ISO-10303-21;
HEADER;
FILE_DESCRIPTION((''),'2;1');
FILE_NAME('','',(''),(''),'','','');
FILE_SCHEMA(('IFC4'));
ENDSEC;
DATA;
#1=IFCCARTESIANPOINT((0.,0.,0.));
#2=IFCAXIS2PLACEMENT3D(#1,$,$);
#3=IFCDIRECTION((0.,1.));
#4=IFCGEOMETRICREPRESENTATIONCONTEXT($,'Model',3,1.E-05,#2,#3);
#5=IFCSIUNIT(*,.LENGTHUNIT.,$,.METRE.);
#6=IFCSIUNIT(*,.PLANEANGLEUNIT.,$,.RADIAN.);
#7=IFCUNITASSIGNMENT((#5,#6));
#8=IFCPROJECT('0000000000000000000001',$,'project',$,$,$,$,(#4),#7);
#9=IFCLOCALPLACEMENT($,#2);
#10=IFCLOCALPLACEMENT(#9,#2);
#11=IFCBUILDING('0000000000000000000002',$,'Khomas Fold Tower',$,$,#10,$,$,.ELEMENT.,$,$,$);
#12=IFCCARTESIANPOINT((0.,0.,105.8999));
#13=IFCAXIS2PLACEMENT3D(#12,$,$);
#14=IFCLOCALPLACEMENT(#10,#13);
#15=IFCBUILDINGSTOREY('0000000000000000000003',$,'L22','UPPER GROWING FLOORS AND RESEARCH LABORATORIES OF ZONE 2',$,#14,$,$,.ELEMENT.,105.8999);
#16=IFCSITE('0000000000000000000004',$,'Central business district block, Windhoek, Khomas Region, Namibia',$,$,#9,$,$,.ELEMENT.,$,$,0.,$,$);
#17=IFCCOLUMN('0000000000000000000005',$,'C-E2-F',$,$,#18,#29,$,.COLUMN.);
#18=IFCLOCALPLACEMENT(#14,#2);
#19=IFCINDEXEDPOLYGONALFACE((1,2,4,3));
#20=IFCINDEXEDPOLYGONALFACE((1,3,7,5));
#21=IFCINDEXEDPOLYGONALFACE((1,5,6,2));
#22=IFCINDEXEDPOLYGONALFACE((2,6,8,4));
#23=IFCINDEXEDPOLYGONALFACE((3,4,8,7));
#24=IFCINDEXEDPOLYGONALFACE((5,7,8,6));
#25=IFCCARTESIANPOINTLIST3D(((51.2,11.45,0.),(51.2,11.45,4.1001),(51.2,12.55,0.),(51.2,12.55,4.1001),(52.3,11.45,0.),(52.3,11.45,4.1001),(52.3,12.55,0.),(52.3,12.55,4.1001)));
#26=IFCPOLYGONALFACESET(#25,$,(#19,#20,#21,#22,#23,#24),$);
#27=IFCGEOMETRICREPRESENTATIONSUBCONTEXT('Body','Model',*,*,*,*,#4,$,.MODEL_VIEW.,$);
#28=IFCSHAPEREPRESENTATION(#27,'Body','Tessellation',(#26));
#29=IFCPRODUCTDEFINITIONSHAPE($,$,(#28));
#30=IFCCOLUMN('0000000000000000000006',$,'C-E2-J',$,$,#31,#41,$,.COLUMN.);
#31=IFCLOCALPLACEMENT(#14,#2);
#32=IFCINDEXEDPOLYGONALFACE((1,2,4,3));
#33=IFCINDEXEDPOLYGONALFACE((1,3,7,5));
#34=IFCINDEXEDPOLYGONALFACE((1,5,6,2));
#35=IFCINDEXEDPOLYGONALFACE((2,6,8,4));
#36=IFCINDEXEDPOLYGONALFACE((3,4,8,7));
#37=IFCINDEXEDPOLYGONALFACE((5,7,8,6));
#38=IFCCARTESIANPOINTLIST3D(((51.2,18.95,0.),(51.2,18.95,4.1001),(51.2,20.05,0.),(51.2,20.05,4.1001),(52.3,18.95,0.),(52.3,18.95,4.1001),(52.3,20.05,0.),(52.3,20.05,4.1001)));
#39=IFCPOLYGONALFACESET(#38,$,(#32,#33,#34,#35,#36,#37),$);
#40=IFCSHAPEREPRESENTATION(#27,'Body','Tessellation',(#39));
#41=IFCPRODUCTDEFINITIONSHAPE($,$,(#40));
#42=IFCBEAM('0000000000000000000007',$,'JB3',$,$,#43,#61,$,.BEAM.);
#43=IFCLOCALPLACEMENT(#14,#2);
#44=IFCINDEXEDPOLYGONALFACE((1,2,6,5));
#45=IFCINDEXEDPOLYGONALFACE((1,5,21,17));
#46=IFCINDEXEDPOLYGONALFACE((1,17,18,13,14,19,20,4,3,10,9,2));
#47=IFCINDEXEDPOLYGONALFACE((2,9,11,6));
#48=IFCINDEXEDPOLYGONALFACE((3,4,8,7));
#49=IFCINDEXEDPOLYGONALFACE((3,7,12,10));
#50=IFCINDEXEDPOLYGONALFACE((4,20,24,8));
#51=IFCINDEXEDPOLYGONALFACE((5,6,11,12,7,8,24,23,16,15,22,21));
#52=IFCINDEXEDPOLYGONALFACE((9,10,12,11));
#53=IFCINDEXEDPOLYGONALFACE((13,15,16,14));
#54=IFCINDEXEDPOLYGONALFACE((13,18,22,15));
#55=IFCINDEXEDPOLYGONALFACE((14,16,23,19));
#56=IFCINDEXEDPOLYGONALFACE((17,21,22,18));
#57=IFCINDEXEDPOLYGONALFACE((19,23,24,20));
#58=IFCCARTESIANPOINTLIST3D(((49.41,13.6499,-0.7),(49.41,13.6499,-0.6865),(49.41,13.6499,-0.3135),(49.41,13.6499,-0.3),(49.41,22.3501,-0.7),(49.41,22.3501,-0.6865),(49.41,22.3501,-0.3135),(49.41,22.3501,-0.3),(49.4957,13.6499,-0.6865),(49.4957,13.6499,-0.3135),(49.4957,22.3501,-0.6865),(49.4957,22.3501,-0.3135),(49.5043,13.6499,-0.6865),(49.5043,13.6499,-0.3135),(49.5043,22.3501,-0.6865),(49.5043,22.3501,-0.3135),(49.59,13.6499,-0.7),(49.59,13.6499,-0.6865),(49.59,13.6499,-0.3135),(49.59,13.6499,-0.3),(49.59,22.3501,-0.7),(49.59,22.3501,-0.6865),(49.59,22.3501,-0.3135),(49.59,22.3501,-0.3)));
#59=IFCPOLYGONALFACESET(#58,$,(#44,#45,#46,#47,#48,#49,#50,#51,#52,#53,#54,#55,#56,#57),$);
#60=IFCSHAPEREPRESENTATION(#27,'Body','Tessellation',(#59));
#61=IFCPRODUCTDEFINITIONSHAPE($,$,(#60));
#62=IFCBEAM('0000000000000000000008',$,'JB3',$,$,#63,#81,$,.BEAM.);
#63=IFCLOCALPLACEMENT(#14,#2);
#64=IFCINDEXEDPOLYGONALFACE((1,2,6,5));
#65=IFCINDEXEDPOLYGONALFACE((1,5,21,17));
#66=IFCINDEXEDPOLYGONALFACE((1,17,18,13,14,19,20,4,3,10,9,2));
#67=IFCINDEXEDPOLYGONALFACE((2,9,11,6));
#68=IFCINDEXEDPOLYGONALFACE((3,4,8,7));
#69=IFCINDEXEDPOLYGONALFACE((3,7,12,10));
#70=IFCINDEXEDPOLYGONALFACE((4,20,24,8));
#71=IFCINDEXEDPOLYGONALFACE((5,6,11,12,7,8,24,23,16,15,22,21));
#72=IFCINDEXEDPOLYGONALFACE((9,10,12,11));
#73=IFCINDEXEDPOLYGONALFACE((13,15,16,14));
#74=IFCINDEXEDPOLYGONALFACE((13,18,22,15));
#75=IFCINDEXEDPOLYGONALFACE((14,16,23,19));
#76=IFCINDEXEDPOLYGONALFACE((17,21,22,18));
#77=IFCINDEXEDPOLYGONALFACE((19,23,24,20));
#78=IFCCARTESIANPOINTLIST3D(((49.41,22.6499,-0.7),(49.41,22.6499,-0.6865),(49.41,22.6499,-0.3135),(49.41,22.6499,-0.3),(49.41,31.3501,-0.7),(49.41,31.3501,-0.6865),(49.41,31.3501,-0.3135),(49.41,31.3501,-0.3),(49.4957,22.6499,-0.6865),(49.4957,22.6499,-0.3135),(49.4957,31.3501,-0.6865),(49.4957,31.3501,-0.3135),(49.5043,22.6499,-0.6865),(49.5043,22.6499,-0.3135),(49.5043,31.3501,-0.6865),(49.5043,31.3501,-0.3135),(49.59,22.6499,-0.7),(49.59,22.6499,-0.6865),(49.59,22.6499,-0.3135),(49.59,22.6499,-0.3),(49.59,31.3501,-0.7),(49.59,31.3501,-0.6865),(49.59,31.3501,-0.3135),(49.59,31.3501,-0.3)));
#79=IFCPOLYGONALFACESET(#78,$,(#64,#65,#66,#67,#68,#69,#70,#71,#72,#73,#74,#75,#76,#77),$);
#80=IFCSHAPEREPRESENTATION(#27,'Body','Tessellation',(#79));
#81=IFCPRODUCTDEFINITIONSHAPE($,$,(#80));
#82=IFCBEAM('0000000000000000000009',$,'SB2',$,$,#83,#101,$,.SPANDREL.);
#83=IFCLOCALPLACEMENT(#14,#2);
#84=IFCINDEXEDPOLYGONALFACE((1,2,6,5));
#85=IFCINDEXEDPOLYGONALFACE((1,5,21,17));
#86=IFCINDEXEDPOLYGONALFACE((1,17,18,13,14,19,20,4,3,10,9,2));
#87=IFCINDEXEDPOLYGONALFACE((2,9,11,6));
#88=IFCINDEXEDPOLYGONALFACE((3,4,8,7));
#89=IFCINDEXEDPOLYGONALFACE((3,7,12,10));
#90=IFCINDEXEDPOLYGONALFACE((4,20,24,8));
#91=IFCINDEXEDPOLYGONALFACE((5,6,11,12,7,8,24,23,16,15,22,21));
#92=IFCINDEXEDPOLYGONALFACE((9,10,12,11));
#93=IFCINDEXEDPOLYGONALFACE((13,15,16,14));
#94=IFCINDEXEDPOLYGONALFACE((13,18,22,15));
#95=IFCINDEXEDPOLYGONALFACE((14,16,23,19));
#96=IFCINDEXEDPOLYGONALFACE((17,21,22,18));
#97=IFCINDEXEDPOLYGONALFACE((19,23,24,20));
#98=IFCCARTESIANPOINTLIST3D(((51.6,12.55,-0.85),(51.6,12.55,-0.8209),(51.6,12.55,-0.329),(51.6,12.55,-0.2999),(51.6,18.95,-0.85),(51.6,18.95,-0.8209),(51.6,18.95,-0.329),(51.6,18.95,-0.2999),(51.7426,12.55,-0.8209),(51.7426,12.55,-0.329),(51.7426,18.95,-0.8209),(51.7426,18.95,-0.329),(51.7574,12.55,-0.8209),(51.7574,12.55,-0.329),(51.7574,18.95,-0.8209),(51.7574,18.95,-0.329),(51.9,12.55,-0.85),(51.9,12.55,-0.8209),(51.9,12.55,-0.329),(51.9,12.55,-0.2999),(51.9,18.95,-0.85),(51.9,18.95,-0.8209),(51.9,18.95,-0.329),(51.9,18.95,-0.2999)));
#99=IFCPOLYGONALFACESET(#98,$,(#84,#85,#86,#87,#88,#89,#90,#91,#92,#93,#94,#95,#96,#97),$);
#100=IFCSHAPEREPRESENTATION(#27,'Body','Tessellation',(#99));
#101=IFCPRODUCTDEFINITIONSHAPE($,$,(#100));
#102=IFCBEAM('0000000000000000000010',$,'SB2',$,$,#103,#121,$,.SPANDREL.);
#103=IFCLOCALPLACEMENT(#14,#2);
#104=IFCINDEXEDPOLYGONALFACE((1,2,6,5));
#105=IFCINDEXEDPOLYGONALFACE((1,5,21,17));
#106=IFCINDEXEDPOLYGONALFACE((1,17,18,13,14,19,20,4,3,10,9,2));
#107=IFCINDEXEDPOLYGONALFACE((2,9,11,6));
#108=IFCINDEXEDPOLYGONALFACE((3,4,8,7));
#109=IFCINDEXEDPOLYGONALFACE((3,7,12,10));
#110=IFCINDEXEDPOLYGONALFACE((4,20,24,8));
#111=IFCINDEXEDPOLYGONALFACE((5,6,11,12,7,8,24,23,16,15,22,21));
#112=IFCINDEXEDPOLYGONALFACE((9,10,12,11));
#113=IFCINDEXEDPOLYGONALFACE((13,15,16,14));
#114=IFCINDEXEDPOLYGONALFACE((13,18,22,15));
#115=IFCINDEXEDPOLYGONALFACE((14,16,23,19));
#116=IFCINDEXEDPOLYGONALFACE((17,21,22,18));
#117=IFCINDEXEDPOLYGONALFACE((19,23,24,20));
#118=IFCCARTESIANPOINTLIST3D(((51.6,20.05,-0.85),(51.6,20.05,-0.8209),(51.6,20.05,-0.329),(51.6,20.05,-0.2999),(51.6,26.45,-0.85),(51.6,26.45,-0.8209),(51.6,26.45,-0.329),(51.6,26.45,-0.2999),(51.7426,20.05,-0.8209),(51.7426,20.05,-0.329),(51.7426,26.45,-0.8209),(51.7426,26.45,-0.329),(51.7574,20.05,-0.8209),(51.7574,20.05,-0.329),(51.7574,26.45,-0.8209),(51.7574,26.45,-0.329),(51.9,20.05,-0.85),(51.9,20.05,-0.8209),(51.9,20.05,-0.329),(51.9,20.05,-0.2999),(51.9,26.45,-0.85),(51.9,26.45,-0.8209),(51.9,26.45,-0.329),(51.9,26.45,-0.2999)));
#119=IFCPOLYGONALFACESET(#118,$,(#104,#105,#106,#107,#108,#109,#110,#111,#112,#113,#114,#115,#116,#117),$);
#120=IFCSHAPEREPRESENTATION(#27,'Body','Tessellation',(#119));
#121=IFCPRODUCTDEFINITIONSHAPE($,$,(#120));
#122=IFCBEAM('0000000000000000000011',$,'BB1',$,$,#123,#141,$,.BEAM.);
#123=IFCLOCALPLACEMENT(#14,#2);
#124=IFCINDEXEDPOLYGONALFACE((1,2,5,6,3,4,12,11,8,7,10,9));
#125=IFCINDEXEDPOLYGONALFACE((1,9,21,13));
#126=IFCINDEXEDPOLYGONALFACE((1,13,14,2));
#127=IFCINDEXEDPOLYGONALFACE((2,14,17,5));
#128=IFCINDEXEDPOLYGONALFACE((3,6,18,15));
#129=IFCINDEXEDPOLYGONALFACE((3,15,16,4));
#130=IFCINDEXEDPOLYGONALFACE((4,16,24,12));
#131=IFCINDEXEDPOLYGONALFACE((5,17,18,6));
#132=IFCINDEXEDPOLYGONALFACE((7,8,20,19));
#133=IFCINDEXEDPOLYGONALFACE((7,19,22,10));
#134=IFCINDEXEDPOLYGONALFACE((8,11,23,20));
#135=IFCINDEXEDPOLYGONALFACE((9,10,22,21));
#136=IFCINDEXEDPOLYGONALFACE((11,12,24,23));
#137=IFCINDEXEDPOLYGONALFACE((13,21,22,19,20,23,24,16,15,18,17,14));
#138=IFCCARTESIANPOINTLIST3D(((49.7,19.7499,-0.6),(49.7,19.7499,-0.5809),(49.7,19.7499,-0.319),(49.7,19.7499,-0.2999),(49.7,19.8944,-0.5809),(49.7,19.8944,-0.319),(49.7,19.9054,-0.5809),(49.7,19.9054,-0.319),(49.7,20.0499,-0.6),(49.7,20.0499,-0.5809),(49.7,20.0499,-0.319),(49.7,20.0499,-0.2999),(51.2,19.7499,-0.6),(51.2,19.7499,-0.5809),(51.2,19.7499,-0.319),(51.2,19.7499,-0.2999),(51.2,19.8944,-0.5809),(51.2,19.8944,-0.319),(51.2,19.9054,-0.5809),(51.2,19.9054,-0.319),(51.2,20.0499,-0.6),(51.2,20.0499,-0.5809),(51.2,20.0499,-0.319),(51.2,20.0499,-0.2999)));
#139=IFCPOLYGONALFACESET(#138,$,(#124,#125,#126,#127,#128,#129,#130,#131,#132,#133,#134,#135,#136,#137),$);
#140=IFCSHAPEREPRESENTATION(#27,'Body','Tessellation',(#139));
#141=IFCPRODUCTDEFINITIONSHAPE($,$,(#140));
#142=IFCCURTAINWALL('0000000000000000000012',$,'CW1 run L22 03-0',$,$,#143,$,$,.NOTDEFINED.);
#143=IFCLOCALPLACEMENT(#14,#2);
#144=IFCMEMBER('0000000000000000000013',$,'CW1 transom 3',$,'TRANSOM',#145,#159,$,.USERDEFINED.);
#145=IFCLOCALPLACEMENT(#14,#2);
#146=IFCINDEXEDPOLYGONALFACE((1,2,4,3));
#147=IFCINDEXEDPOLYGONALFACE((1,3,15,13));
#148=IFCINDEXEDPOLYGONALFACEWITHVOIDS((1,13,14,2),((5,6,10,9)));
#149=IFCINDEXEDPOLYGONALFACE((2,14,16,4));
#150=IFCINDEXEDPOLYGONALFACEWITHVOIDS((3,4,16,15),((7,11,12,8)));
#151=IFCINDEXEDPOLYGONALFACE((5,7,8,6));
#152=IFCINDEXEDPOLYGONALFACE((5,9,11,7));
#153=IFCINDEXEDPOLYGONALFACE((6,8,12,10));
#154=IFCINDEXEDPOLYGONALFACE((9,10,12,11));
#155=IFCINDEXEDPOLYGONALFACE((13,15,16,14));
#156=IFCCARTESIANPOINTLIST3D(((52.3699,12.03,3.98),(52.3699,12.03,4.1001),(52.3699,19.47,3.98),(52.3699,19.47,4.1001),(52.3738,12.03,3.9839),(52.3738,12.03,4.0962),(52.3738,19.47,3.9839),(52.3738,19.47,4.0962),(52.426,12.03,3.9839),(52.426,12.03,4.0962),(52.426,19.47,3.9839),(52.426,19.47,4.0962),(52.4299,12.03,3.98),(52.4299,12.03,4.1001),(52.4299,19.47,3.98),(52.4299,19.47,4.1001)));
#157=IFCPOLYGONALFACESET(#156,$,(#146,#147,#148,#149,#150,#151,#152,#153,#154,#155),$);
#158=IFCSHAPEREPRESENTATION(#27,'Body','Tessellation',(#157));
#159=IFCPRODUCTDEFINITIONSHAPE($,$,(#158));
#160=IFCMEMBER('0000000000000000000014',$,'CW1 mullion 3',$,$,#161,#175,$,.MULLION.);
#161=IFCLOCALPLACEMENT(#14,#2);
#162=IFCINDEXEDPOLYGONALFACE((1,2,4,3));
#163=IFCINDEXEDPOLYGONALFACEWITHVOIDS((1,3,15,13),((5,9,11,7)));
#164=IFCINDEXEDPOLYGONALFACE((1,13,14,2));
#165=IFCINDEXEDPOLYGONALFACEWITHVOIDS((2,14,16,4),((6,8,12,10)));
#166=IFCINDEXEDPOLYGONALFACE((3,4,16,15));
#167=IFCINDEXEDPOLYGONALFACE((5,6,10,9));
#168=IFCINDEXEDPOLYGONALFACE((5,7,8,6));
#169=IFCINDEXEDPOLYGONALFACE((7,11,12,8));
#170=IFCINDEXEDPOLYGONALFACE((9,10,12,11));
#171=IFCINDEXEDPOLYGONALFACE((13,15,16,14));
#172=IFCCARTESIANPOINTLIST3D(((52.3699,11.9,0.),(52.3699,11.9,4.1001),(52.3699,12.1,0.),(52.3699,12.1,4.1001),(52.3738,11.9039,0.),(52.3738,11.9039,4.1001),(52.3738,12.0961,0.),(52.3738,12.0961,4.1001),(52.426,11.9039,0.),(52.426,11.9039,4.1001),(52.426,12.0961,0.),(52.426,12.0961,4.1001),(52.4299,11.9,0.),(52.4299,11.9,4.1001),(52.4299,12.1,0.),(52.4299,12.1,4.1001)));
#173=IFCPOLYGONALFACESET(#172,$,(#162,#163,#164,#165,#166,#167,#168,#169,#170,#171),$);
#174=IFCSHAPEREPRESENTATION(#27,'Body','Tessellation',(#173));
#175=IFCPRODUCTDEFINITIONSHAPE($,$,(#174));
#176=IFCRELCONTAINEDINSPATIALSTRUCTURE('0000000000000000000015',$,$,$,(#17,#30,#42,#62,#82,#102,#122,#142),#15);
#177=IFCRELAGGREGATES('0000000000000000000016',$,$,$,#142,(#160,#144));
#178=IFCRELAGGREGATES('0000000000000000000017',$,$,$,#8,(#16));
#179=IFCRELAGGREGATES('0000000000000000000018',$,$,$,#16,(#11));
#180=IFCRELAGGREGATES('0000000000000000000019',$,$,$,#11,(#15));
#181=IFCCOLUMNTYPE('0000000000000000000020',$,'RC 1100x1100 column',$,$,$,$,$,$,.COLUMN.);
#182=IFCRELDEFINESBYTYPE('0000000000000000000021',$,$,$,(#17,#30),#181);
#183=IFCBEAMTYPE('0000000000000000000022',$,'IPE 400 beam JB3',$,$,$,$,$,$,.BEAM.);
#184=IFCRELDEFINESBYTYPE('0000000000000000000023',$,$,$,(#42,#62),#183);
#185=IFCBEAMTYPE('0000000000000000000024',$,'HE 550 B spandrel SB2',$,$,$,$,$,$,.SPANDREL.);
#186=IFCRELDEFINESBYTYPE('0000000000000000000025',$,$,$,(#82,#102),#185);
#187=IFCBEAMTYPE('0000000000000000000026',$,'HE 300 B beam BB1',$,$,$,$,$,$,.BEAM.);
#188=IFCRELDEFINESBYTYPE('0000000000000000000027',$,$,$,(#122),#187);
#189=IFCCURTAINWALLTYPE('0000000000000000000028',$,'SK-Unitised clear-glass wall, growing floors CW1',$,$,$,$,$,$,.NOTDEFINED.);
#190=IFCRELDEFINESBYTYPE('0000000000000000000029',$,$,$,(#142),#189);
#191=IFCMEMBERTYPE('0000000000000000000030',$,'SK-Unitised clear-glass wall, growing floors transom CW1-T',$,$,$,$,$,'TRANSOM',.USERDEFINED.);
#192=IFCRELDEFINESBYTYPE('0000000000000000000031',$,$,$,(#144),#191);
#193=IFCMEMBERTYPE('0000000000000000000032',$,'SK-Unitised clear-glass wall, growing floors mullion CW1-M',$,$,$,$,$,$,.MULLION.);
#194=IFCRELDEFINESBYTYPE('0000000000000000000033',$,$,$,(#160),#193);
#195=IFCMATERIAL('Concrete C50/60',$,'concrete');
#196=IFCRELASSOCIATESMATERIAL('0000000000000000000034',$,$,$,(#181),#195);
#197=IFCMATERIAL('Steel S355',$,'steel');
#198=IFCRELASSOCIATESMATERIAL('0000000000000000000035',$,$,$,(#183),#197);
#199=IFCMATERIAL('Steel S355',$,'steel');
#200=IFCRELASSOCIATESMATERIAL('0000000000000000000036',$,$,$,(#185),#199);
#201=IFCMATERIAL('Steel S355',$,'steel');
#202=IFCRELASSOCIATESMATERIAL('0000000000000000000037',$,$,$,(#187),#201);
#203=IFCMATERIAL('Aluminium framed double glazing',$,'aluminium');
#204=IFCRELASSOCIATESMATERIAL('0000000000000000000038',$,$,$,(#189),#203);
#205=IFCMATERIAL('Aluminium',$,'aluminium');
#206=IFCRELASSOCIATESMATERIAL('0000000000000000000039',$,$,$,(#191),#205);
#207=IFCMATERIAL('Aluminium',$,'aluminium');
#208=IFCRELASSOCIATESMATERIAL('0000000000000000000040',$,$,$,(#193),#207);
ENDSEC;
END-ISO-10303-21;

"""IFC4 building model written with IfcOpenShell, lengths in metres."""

from ifc_helpers import new_model, si_unit, direction, frame, origin, origin_2d, place, context, subcontext, project, spatial, rectangle, hollow_rectangle, i_section, extrude, source, transform, mapped, material, material_profile, profile_set, type_object, element, aggregate, save


model = new_model("IFC4")

# Units and contexts
model_context = context("Model", 3, precision=1e-05, world=origin(), true_north=direction((0.0, 1.0)))
body_context = subcontext(model_context, "Body", "Model", "MODEL_VIEW")
ifc_project = project(units=[si_unit("LENGTHUNIT", "METRE"), si_unit("PLANEANGLEUNIT", "RADIAN")], contexts=[model_context])

# Site, building, storey
site_placement = place(None, origin())
site = spatial("IfcSite", under=ifc_project, at=site_placement, Name="Central business district block, Windhoek, Khomas Region, Namibia", CompositionType="ELEMENT", RefElevation=0.0)
building_placement = place(site_placement, origin())
building = spatial("IfcBuilding", under=site, at=building_placement, Name="Khomas Fold Tower", CompositionType="ELEMENT")
storey_placement = place(building_placement, frame((0.0, 0.0, 105.8999)))
storey = spatial("IfcBuildingStorey", under=building, at=storey_placement, Name="L22", Description="UPPER GROWING FLOORS AND RESEARCH LABORATORIES OF ZONE 2", CompositionType="ELEMENT", Elevation=105.8999)

# Columns
ifc_material_1 = material(Name="Concrete C50/60", Category="concrete")
ifc_material_profile_1 = material_profile(ifc_material_1, rectangle(XDim=1.1001, YDim=1.1001, at=origin_2d()), Name="RC 1100x1100")
ifc_profile_set_1 = profile_set([ifc_material_profile_1], Name="Concrete C50/60")
column_type = type_object("IfcColumnType", Name="RC 1100x1100 column", PredefinedType="COLUMN", material=ifc_profile_set_1)
shared_shape_1 = source(origin(), body_context, "Body", "SweptSolid", [
    extrude(rectangle(XDim=1.1001, YDim=1.1001, at=origin_2d()), origin(), (0.0, 0.0, 1.0), 4.1001),
])
for number, where, z_axis, x_axis, name in (
    (1, (51.75, 12.0, 0.0), (0.0, 0.0, 1.0), (1.0, 0.0, 0.0), "C-E2-F"),
    (2, (51.75, 19.5, 0.0), (0.0, 0.0, 1.0), (1.0, 0.0, 0.0), "C-E2-J"),
):
    element("IfcColumn", number, at=place(storey_placement, frame(where, z_axis=z_axis, x_axis=x_axis)), inside=storey, type_object=column_type, Name=name, PredefinedType="COLUMN", context=body_context, shape_type="MappedRepresentation", body=[
        mapped(shared_shape_1, transform((0.0, 0.0, 0.0))),
    ])

# Beams
ifc_material_2 = material(Name="Steel S355", Category="steel")
ifc_material_profile_2 = material_profile(ifc_material_2, i_section(OverallWidth=0.1799, OverallDepth=0.3999, WebThickness=0.0085, FlangeThickness=0.0134, at=origin_2d()), Name="IPE 400")
ifc_profile_set_2 = profile_set([ifc_material_profile_2], Name="Steel S355")
beam_type_1 = type_object("IfcBeamType", Name="IPE 400 beam JB3", PredefinedType="BEAM", material=ifc_profile_set_2)
shared_shape_2 = source(origin(), body_context, "Body", "SweptSolid", [
    extrude(i_section(OverallWidth=0.1799, OverallDepth=0.3999, WebThickness=0.0085, FlangeThickness=0.0134, at=origin_2d()), origin(), (0.0, 0.0, 1.0), 8.7002),
])
for number, where, z_axis, x_axis, name in (
    (3, (49.5, 13.6499, -0.5), (0.0, 1.0, 0.0), (-1.0, 0.0, 0.0), "JB3"),
    (4, (49.5, 22.6499, -0.5), (0.0, 1.0, 0.0), (-1.0, 0.0, 0.0), "JB3"),
):
    element("IfcBeam", number, at=place(storey_placement, frame(where, z_axis=z_axis, x_axis=x_axis)), inside=storey, type_object=beam_type_1, Name=name, PredefinedType="BEAM", context=body_context, shape_type="MappedRepresentation", body=[
        mapped(shared_shape_2, transform((0.0, 0.0, 0.0))),
    ])
ifc_material_3 = material(Name="Steel S355", Category="steel")
ifc_material_profile_3 = material_profile(ifc_material_3, i_section(OverallWidth=0.3, OverallDepth=0.55, WebThickness=0.0149, FlangeThickness=0.0291, at=origin_2d()), Name="HE 550 B")
ifc_profile_set_3 = profile_set([ifc_material_profile_3], Name="Steel S355")
beam_type_2 = type_object("IfcBeamType", Name="HE 550 B spandrel SB2", PredefinedType="SPANDREL", material=ifc_profile_set_3)
shared_shape_3 = source(origin(), body_context, "Body", "SweptSolid", [
    extrude(i_section(OverallWidth=0.3, OverallDepth=0.55, WebThickness=0.0149, FlangeThickness=0.0291, at=origin_2d()), origin(), (0.0, 0.0, 1.0), 6.3999),
])
for number, where, z_axis, x_axis, name in (
    (5, (51.75, 12.55, -0.575), (0.0, 1.0, 0.0), (-1.0, 0.0, 0.0), "SB2"),
    (6, (51.75, 20.05, -0.575), (0.0, 1.0, 0.0), (-1.0, 0.0, 0.0), "SB2"),
):
    element("IfcBeam", number, at=place(storey_placement, frame(where, z_axis=z_axis, x_axis=x_axis)), inside=storey, type_object=beam_type_2, Name=name, PredefinedType="SPANDREL", context=body_context, shape_type="MappedRepresentation", body=[
        mapped(shared_shape_3, transform((0.0, 0.0, 0.0))),
    ])
ifc_material_4 = material(Name="Steel S355", Category="steel")
ifc_material_profile_4 = material_profile(ifc_material_4, i_section(OverallWidth=0.3, OverallDepth=0.3, WebThickness=0.011, FlangeThickness=0.019, at=origin_2d()), Name="HE 300 B")
ifc_profile_set_4 = profile_set([ifc_material_profile_4], Name="Steel S355")
beam_type_3 = type_object("IfcBeamType", Name="HE 300 B beam BB1", PredefinedType="BEAM", material=ifc_profile_set_4)
shared_shape_4 = source(origin(), body_context, "Body", "SweptSolid", [
    extrude(i_section(OverallWidth=0.3, OverallDepth=0.3, WebThickness=0.011, FlangeThickness=0.019, at=origin_2d()), origin(), (0.0, 0.0, 1.0), 1.5),
])
beam_placement = place(storey_placement, frame((49.7, 19.8999, -0.45), z_axis=(1.0, 0.0, 0.0), x_axis=(0.0, 1.0, 0.0)))
element("IfcBeam", 7, at=beam_placement, inside=storey, type_object=beam_type_3, Name="BB1", PredefinedType="BEAM", context=body_context, shape_type="MappedRepresentation", body=[
    mapped(shared_shape_4, transform((0.0, 0.0, 0.0))),
])

# Curtain wall, members
ifc_material_5 = material(Name="Aluminium framed double glazing", Category="aluminium")
curtain_wall_type = type_object("IfcCurtainWallType", Name="SK-Unitised clear-glass wall, growing floors CW1", PredefinedType="NOTDEFINED", material=ifc_material_5)
curtain_wall_1_placement = place(storey_placement, origin())
curtain_wall_1 = element("IfcCurtainWall", 8, at=curtain_wall_1_placement, inside=storey, type_object=curtain_wall_type, Name="CW1 run L22 03-0", PredefinedType="NOTDEFINED")
ifc_material_6 = material(Name="Aluminium", Category="aluminium")
ifc_material_profile_5 = material_profile(ifc_material_6, hollow_rectangle(XDim=0.0601, YDim=0.1201, WallThickness=0.0039, at=origin_2d()), Name="SK-Unitised clear-glass wall, growing floors transom CW1-T")
ifc_profile_set_5 = profile_set([ifc_material_profile_5], Name="Aluminium")
member_type_1 = type_object("IfcMemberType", Name="SK-Unitised clear-glass wall, growing floors transom CW1-T", ElementType="TRANSOM", PredefinedType="USERDEFINED", material=ifc_profile_set_5)
shared_shape_5 = source(origin(), body_context, "Body", "SweptSolid", [
    extrude(hollow_rectangle(XDim=0.0601, YDim=0.1201, WallThickness=0.0039, at=origin_2d()), origin(), (0.0, 0.0, 1.0), 7.4399),
])
member_1_placement = place(storey_placement, frame((52.3999, 12.03, 4.04), z_axis=(0.0, 1.0, 0.0), x_axis=(-1.0, 0.0, 0.0)))
member_1 = element("IfcMember", 9, at=member_1_placement, type_object=member_type_1, Name="CW1 transom 3", ObjectType="TRANSOM", PredefinedType="USERDEFINED", context=body_context, shape_type="MappedRepresentation", body=[
    mapped(shared_shape_5, transform((0.0, 0.0, 0.0))),
])
ifc_material_7 = material(Name="Aluminium", Category="aluminium")
ifc_material_profile_6 = material_profile(ifc_material_7, hollow_rectangle(XDim=0.0601, YDim=0.2, WallThickness=0.0039, at=origin_2d()), Name="SK-Unitised clear-glass wall, growing floors mullion CW1-M")
ifc_profile_set_6 = profile_set([ifc_material_profile_6], Name="Aluminium")
member_type_2 = type_object("IfcMemberType", Name="SK-Unitised clear-glass wall, growing floors mullion CW1-M", PredefinedType="MULLION", material=ifc_profile_set_6)
shared_shape_6 = source(origin(), body_context, "Body", "SweptSolid", [
    extrude(hollow_rectangle(XDim=0.0601, YDim=0.2, WallThickness=0.0039, at=origin_2d()), origin(), (0.0, 0.0, 1.0), 4.1001),
])
member_2_placement = place(storey_placement, frame((52.3999, 12.0, 0.0), z_axis=(0.0, 0.0, 1.0), x_axis=(-1.0, 0.0, 0.0)))
member_2 = element("IfcMember", 10, at=member_2_placement, type_object=member_type_2, Name="CW1 mullion 3", PredefinedType="MULLION", context=body_context, shape_type="MappedRepresentation", body=[
    mapped(shared_shape_6, transform((0.0, 0.0, 0.0))),
])

aggregate(curtain_wall_1, [member_2, member_1])

save(model, "model.ifc")
